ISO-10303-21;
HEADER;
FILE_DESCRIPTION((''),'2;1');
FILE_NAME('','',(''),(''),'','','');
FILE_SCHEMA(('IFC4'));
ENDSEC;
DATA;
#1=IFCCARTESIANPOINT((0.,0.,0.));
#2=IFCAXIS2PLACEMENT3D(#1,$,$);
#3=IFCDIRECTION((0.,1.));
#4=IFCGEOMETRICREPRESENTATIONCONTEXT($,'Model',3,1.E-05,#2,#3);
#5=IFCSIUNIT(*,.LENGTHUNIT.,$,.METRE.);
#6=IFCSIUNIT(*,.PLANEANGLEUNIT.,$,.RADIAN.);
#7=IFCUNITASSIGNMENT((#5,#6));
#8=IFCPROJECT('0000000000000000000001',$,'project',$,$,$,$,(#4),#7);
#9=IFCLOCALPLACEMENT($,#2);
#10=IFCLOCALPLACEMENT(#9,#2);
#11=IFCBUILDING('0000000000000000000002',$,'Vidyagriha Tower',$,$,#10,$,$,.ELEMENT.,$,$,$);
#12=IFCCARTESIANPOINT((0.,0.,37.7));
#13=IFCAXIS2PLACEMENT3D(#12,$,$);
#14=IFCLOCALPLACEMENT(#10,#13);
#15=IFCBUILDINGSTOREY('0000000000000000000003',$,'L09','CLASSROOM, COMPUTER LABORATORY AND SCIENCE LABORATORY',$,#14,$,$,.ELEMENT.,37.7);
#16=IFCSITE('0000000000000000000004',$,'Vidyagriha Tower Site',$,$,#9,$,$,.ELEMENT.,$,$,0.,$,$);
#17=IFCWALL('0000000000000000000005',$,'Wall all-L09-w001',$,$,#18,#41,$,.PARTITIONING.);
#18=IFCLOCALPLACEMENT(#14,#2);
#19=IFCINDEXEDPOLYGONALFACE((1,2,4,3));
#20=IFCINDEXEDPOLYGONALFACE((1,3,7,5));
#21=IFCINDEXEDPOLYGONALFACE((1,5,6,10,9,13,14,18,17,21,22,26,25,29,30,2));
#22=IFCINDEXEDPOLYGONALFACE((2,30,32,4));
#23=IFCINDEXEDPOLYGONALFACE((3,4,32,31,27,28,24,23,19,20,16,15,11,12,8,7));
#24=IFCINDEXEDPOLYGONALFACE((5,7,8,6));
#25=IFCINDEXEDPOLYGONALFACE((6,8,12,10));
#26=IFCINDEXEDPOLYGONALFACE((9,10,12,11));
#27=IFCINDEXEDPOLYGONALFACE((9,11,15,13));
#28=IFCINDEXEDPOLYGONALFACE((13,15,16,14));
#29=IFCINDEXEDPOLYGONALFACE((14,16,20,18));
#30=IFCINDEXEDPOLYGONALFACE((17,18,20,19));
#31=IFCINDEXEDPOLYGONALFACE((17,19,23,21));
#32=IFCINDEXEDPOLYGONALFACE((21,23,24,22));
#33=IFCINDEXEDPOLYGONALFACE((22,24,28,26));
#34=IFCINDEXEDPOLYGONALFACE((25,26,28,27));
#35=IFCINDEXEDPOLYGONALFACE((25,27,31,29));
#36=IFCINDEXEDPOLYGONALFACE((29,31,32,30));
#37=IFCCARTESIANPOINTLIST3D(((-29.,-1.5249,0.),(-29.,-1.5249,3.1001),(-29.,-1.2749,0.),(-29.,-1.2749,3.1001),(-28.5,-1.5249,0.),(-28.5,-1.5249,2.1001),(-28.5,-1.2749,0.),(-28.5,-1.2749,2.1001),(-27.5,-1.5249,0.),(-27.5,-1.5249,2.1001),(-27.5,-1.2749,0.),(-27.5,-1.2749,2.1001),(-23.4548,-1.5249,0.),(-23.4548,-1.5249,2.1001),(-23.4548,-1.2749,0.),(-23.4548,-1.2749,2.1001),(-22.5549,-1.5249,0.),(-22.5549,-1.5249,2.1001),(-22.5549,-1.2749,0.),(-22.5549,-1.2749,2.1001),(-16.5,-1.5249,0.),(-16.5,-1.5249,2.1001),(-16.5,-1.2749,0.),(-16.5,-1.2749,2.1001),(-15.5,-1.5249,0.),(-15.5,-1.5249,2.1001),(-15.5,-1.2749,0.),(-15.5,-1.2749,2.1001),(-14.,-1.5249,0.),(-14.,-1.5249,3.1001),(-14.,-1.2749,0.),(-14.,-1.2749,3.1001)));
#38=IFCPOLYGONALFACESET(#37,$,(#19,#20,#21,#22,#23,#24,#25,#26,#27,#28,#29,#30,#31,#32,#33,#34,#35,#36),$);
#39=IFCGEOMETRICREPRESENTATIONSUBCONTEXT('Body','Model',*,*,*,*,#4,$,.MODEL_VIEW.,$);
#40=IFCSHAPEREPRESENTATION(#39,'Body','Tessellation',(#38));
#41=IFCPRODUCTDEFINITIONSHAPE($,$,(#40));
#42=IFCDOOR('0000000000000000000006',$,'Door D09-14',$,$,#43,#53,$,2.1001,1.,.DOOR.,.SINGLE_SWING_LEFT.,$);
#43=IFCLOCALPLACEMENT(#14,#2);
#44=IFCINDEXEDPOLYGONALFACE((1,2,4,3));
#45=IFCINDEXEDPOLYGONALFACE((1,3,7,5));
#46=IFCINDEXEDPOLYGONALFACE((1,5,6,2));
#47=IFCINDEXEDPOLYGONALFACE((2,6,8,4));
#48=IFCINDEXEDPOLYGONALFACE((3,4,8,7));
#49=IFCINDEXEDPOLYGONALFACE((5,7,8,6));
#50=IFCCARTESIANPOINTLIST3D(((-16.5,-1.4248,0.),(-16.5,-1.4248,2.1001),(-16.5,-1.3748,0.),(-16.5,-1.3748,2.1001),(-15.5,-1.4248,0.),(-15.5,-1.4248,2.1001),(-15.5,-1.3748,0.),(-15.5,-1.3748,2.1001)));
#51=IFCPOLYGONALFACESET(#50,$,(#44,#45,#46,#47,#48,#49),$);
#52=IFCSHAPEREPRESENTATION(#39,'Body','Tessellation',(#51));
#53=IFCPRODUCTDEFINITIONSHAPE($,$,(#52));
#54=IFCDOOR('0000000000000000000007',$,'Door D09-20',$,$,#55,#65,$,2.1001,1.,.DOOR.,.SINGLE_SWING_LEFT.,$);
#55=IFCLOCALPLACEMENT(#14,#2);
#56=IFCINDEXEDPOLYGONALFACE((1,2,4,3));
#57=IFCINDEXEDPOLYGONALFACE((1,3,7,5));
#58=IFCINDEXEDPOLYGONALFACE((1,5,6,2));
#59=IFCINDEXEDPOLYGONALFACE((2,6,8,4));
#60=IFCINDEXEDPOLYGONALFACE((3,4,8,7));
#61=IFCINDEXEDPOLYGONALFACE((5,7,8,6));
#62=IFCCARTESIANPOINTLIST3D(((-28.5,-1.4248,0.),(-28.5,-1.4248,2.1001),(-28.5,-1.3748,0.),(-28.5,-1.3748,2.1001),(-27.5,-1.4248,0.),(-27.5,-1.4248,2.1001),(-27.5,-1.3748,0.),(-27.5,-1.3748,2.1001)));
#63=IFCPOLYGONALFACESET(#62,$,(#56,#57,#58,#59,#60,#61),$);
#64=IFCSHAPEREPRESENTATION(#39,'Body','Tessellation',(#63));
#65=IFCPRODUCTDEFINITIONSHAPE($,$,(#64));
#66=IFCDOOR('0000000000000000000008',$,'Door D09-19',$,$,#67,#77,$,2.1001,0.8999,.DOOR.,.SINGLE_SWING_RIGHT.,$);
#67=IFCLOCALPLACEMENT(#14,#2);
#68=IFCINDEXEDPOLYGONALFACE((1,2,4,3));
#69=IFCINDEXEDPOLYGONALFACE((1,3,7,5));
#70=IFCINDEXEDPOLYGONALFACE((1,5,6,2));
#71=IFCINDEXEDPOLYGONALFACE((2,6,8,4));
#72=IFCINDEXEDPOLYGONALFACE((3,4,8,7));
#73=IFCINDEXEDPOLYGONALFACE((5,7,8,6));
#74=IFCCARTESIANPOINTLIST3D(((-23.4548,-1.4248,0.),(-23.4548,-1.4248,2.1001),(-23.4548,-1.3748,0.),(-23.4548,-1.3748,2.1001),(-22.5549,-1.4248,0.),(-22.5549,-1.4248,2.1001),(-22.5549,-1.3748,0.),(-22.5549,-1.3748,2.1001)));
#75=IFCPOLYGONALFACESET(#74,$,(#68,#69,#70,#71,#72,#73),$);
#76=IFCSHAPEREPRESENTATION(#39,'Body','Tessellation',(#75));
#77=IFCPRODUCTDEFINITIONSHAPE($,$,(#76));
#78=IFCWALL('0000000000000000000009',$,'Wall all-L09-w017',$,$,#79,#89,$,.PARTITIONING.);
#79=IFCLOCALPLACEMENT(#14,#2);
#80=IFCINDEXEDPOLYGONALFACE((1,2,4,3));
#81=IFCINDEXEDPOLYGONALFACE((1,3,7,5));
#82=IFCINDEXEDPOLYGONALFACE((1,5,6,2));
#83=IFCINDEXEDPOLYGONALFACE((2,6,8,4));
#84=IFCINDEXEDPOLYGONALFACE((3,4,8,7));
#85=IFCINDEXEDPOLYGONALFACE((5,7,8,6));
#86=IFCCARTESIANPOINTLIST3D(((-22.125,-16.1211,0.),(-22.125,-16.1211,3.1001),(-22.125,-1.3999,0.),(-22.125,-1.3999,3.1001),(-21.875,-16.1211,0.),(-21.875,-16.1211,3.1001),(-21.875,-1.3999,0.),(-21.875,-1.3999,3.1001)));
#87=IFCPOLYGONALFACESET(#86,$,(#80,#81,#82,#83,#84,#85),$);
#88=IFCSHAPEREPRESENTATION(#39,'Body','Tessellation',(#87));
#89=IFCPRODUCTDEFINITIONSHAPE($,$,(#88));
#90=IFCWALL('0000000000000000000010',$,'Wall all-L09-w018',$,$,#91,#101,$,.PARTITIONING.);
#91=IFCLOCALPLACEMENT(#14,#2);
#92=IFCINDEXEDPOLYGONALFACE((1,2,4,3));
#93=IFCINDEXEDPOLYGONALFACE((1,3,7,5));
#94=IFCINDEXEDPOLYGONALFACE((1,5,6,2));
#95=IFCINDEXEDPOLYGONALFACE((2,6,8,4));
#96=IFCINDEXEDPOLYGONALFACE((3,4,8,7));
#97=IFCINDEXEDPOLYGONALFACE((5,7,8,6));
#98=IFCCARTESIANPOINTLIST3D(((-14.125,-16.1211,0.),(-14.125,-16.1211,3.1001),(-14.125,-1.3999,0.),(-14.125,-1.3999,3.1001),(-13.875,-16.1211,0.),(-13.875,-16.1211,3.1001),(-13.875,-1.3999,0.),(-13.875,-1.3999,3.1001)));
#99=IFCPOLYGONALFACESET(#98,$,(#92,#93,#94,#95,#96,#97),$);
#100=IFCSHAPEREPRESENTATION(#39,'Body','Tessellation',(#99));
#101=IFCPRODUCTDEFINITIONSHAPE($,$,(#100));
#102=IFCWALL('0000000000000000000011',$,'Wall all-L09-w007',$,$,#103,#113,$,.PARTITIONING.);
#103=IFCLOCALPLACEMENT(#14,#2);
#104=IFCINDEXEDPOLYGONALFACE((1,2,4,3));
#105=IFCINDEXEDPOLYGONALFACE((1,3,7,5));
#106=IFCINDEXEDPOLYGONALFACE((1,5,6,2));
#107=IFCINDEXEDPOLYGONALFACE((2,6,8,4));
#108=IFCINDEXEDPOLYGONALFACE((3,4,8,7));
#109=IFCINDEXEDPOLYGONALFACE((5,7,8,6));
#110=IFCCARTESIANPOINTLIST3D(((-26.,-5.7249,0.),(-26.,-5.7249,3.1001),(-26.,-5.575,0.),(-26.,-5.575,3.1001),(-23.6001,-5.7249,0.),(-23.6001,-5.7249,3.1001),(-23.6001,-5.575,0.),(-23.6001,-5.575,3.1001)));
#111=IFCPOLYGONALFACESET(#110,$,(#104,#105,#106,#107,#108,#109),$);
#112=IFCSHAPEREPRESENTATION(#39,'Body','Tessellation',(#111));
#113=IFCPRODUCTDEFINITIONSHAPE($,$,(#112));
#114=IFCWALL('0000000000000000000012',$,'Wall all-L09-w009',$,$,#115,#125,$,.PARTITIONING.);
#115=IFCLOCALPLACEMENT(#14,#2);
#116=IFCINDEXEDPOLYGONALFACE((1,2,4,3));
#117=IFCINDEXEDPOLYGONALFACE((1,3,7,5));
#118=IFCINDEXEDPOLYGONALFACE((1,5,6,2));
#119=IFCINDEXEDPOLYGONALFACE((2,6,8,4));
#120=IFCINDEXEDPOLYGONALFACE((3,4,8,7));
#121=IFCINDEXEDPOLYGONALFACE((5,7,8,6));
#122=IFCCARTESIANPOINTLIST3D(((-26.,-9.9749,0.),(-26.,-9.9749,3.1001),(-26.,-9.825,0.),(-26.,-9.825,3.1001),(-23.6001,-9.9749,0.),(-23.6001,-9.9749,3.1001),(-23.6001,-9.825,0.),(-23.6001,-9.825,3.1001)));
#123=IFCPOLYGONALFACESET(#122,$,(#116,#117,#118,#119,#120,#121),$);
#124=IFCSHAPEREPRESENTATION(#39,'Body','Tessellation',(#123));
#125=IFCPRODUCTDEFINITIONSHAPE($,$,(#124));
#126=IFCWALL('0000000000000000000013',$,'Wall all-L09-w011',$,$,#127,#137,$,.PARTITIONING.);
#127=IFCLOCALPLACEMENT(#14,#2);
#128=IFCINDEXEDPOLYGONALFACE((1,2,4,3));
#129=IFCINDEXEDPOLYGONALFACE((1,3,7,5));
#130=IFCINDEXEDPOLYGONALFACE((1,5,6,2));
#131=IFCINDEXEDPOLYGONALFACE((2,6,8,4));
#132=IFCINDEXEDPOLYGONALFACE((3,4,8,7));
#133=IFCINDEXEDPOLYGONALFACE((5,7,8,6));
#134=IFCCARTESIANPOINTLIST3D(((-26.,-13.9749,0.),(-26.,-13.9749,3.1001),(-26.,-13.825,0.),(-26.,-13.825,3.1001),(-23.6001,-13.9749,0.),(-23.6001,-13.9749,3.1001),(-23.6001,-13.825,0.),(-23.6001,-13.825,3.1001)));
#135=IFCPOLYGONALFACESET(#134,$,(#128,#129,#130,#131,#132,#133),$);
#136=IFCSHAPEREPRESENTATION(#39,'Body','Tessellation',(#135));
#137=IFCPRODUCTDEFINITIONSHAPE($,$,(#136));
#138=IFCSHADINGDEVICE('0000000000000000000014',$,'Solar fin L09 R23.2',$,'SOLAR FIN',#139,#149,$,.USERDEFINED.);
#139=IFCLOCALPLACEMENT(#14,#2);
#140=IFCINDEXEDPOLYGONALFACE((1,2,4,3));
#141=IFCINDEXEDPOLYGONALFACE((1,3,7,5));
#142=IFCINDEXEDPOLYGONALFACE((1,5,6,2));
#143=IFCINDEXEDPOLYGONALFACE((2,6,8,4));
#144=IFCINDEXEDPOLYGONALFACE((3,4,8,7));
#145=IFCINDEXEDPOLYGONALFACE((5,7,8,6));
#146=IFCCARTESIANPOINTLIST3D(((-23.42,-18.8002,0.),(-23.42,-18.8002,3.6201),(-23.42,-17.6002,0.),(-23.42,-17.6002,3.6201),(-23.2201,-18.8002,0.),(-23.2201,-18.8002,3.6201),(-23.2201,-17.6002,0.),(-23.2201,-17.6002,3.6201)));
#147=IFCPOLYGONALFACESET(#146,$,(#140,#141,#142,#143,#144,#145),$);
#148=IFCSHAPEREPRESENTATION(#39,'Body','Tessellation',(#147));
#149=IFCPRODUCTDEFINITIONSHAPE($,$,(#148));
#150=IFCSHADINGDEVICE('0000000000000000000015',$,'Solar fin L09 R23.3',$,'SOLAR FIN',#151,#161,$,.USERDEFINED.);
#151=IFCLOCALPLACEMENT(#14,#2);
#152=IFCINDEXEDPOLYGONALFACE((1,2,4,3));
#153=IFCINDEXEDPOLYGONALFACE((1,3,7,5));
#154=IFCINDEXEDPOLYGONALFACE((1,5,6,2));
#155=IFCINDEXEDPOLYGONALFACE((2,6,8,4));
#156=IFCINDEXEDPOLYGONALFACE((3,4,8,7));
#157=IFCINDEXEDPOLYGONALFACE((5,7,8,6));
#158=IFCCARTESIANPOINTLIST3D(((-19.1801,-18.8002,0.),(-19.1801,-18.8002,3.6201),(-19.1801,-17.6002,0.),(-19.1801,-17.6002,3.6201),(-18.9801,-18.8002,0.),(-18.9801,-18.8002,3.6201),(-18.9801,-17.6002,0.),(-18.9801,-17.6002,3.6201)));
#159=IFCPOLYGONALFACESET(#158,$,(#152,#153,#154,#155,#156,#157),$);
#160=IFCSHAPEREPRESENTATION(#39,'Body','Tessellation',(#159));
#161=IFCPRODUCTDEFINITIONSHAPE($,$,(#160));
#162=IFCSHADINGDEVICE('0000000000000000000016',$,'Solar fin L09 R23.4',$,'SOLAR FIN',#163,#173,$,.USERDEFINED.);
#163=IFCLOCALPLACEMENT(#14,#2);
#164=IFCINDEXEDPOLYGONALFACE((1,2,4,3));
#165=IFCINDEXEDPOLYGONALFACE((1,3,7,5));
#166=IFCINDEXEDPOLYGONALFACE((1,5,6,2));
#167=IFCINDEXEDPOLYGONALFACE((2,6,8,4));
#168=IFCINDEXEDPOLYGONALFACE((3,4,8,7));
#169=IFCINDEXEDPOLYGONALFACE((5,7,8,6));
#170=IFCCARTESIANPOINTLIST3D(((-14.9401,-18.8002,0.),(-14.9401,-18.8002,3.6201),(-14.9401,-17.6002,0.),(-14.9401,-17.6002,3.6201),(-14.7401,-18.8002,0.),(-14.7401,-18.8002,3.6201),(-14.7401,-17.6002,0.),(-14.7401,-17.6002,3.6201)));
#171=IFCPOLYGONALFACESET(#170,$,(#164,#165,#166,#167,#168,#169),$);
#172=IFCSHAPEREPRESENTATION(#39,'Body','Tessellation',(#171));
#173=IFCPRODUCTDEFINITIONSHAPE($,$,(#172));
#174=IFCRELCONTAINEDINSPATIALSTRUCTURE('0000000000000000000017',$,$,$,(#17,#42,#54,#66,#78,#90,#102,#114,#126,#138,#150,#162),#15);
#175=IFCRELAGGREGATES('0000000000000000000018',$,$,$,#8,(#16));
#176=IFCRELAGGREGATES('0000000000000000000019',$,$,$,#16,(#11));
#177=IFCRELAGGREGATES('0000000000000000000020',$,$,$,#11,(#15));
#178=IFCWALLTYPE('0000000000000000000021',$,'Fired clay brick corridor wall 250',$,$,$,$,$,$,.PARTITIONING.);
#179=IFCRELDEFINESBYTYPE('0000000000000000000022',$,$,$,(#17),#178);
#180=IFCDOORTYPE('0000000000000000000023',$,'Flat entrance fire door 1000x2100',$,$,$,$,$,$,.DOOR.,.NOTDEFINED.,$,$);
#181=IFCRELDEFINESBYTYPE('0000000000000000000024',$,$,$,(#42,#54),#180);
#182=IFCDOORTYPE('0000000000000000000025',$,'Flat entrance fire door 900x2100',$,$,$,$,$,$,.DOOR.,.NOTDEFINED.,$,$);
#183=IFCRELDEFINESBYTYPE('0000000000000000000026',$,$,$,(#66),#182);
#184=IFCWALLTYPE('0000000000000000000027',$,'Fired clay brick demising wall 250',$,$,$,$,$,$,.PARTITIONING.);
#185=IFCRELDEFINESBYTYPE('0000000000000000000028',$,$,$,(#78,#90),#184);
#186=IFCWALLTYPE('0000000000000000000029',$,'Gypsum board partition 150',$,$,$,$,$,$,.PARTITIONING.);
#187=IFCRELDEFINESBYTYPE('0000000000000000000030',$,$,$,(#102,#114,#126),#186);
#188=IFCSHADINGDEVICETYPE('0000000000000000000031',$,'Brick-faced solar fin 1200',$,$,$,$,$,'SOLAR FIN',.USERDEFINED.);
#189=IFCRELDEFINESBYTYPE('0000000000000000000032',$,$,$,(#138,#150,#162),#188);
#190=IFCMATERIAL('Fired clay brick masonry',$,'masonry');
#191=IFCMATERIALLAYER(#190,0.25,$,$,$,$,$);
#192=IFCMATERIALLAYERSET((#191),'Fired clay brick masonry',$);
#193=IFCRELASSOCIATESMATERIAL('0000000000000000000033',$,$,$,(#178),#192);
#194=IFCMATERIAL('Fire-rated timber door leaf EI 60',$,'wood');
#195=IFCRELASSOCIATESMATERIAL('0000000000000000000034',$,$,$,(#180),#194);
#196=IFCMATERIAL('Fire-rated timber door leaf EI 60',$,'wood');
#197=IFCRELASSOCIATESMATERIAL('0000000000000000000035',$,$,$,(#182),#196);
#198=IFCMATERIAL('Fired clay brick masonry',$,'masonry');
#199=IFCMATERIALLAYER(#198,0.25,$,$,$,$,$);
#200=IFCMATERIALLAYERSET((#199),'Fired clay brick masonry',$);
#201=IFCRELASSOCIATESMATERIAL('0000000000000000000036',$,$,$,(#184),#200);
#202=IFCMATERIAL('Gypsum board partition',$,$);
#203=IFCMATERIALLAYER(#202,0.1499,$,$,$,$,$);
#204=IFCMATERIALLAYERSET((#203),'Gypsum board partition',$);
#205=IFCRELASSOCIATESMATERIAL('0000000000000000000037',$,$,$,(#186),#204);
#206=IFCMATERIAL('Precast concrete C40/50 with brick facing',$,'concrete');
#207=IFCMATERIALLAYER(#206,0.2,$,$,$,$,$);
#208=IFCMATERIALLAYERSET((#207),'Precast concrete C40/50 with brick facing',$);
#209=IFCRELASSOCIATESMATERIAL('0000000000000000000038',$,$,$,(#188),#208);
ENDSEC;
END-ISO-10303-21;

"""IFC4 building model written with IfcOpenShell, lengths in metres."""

from ifc_helpers import new_model, si_unit, direction, frame, frame_2d, origin, place, context, subcontext, project, spatial, rectangle, extrude, material, layer, layer_set, type_object, element, fill, save


model = new_model("IFC4")

# Units and contexts
model_context = context("Model", 3, precision=1e-05, world=origin(), true_north=direction((0.0, 1.0)))
body_context = subcontext(model_context, "Body", "Model", "MODEL_VIEW")
ifc_project = project(units=[si_unit("LENGTHUNIT", "METRE"), si_unit("PLANEANGLEUNIT", "RADIAN")], contexts=[model_context])

# Site, building, storey
site_placement = place(None, origin())
site = spatial("IfcSite", under=ifc_project, at=site_placement, Name="Vidyagriha Tower Site", CompositionType="ELEMENT", RefElevation=0.0)
building_placement = place(site_placement, origin())
building = spatial("IfcBuilding", under=site, at=building_placement, Name="Vidyagriha Tower", CompositionType="ELEMENT")
storey_placement = place(building_placement, frame((0.0, 0.0, 37.7)))
storey = spatial("IfcBuildingStorey", under=building, at=storey_placement, Name="L09", Description="CLASSROOM, COMPUTER LABORATORY AND SCIENCE LABORATORY", CompositionType="ELEMENT", Elevation=37.7)

# Wall, openings, doors
ifc_material_1 = material(Name="Fired clay brick masonry", Category="masonry")
ifc_layer_1 = layer(ifc_material_1, 0.25)
ifc_layer_set_1 = layer_set([ifc_layer_1], Name="Fired clay brick masonry")
wall_type_1 = type_object("IfcWallType", Name="Fired clay brick corridor wall 250", PredefinedType="PARTITIONING", material=ifc_layer_set_1)
wall_placement = place(storey_placement, frame((-14.0, -1.3999, 0.0), z_axis=(0.0, 0.0, 1.0), x_axis=(-1.0, 0.0, 0.0)))
wall = element("IfcWall", 1, at=wall_placement, inside=storey, type_object=wall_type_1, Name="Wall all-L09-w001", PredefinedType="PARTITIONING", context=body_context, shape_type="SweptSolid", body=[
    extrude(rectangle(XDim=15.0, YDim=0.25, at=frame_2d((7.5, 0.0))), origin(), (0.0, 0.0, 1.0), 3.1001),
])
opening_1_placement = place(wall_placement, frame((1.5, 0.0, 0.0)))
opening_1 = element("IfcOpeningElement", 2, at=opening_1_placement, cuts=wall, PredefinedType="OPENING", context=body_context, shape_type="SweptSolid", body=[
    extrude(rectangle(XDim=1.0, YDim=2.1001, at=frame_2d((0.5, 1.05))), frame((0.0, 0.135, 0.0), z_axis=(0.0, -1.0, 0.0), x_axis=(1.0, 0.0, 0.0)), (0.0, 0.0, 1.0), 0.27),
])
opening_2_placement = place(wall_placement, frame((8.5549, 0.0, 0.0)))
opening_2 = element("IfcOpeningElement", 3, at=opening_2_placement, cuts=wall, PredefinedType="OPENING", context=body_context, shape_type="SweptSolid", body=[
    extrude(rectangle(XDim=0.8999, YDim=2.1001, at=frame_2d((0.45, 1.05))), frame((0.0, 0.135, 0.0), z_axis=(0.0, -1.0, 0.0), x_axis=(1.0, 0.0, 0.0)), (0.0, 0.0, 1.0), 0.27),
])
opening_3_placement = place(wall_placement, frame((13.5, 0.0, 0.0)))
opening_3 = element("IfcOpeningElement", 4, at=opening_3_placement, cuts=wall, PredefinedType="OPENING", context=body_context, shape_type="SweptSolid", body=[
    extrude(rectangle(XDim=1.0, YDim=2.1001, at=frame_2d((0.5, 1.05))), frame((0.0, 0.135, 0.0), z_axis=(0.0, -1.0, 0.0), x_axis=(1.0, 0.0, 0.0)), (0.0, 0.0, 1.0), 0.27),
])
ifc_material_2 = material(Name="Fire-rated timber door leaf EI 60", Category="wood")
door_type_1 = type_object("IfcDoorType", Name="Flat entrance fire door 1000x2100", OperationType="NOTDEFINED", PredefinedType="DOOR", material=ifc_material_2)
door_1_placement = place(opening_1_placement, origin())
door_1 = element("IfcDoor", 5, at=door_1_placement, inside=storey, type_object=door_type_1, Name="Door D09-14", OperationType="SINGLE_SWING_LEFT", OverallHeight=2.1001, OverallWidth=1.0, PredefinedType="DOOR", context=body_context, shape_type="SweptSolid", body=[
    extrude(rectangle(XDim=1.0, YDim=2.1001, at=frame_2d((0.5, 1.05))), frame((0.0, 0.0249, 0.0), z_axis=(0.0, -1.0, 0.0), x_axis=(1.0, 0.0, 0.0)), (0.0, 0.0, 1.0), 0.05),
])
fill(opening_1, door_1)
door_2_placement = place(opening_3_placement, origin())
door_2 = element("IfcDoor", 6, at=door_2_placement, inside=storey, type_object=door_type_1, Name="Door D09-20", OperationType="SINGLE_SWING_LEFT", OverallHeight=2.1001, OverallWidth=1.0, PredefinedType="DOOR", context=body_context, shape_type="SweptSolid", body=[
    extrude(rectangle(XDim=1.0, YDim=2.1001, at=frame_2d((0.5, 1.05))), frame((0.0, 0.0249, 0.0), z_axis=(0.0, -1.0, 0.0), x_axis=(1.0, 0.0, 0.0)), (0.0, 0.0, 1.0), 0.05),
])
fill(opening_3, door_2)
ifc_material_3 = material(Name="Fire-rated timber door leaf EI 60", Category="wood")
door_type_2 = type_object("IfcDoorType", Name="Flat entrance fire door 900x2100", OperationType="NOTDEFINED", PredefinedType="DOOR", material=ifc_material_3)
door_3_placement = place(opening_2_placement, origin())
door_3 = element("IfcDoor", 7, at=door_3_placement, inside=storey, type_object=door_type_2, Name="Door D09-19", OperationType="SINGLE_SWING_RIGHT", OverallHeight=2.1001, OverallWidth=0.8999, PredefinedType="DOOR", context=body_context, shape_type="SweptSolid", body=[
    extrude(rectangle(XDim=0.8999, YDim=2.1001, at=frame_2d((0.45, 1.05))), frame((0.0, 0.0249, 0.0), z_axis=(0.0, -1.0, 0.0), x_axis=(1.0, 0.0, 0.0)), (0.0, 0.0, 1.0), 0.05),
])
fill(opening_2, door_3)

# Walls
ifc_material_4 = material(Name="Fired clay brick masonry", Category="masonry")
ifc_layer_2 = layer(ifc_material_4, 0.25)
ifc_layer_set_2 = layer_set([ifc_layer_2], Name="Fired clay brick masonry")
wall_type_2 = type_object("IfcWallType", Name="Fired clay brick demising wall 250", PredefinedType="PARTITIONING", material=ifc_layer_set_2)
for number, where, z_axis, x_axis, name in (
    (8, (-22.0, -1.3999, 0.0), (0.0, 0.0, 1.0), (0.0, -1.0, 0.0), "Wall all-L09-w017"),
    (9, (-14.0, -1.3999, 0.0), (0.0, 0.0, 1.0), (0.0, -1.0, 0.0), "Wall all-L09-w018"),
):
    element("IfcWall", number, at=place(storey_placement, frame(where, z_axis=z_axis, x_axis=x_axis)), inside=storey, type_object=wall_type_2, Name=name, PredefinedType="PARTITIONING", context=body_context, shape_type="SweptSolid", body=[
        extrude(rectangle(XDim=14.7212, YDim=0.25, at=frame_2d((7.3606, 0.0))), origin(), (0.0, 0.0, 1.0), 3.1001),
    ])
ifc_material_5 = material(Name="Gypsum board partition")
ifc_layer_3 = layer(ifc_material_5, 0.1499)
ifc_layer_set_3 = layer_set([ifc_layer_3], Name="Gypsum board partition")
wall_type_3 = type_object("IfcWallType", Name="Gypsum board partition 150", PredefinedType="PARTITIONING", material=ifc_layer_set_3)
for number, where, z_axis, x_axis, name in (
    (10, (-23.6001, -5.6499, 0.0), (0.0, 0.0, 1.0), (-1.0, 0.0, 0.0), "Wall all-L09-w007"),
    (11, (-23.6001, -9.8999, 0.0), (0.0, 0.0, 1.0), (-1.0, 0.0, 0.0), "Wall all-L09-w009"),
    (12, (-23.6001, -13.8999, 0.0), (0.0, 0.0, 1.0), (-1.0, 0.0, 0.0), "Wall all-L09-w011"),
):
    element("IfcWall", number, at=place(storey_placement, frame(where, z_axis=z_axis, x_axis=x_axis)), inside=storey, type_object=wall_type_3, Name=name, PredefinedType="PARTITIONING", context=body_context, shape_type="SweptSolid", body=[
        extrude(rectangle(XDim=2.3999, YDim=0.1499, at=frame_2d((1.2, 0.0))), origin(), (0.0, 0.0, 1.0), 3.1001),
    ])

# Shading devices
ifc_material_6 = material(Name="Precast concrete C40/50 with brick facing", Category="concrete")
ifc_layer_4 = layer(ifc_material_6, 0.2)
ifc_layer_set_4 = layer_set([ifc_layer_4], Name="Precast concrete C40/50 with brick facing")
shading_device_type = type_object("IfcShadingDeviceType", Name="Brick-faced solar fin 1200", ElementType="SOLAR FIN", PredefinedType="USERDEFINED", material=ifc_layer_set_4)
for number, where, z_axis, x_axis, name in (
    (13, (-23.3201, -17.6001, 0.0), (0.0, 0.0, 1.0), (0.0, -1.0, 0.0), "Solar fin L09 R23.2"),
    (14, (-19.0801, -17.6001, 0.0), (0.0, 0.0, 1.0), (0.0, -1.0, 0.0), "Solar fin L09 R23.3"),
    (15, (-14.8401, -17.6001, 0.0), (0.0, 0.0, 1.0), (0.0, -1.0, 0.0), "Solar fin L09 R23.4"),
):
    element("IfcShadingDevice", number, at=place(storey_placement, frame(where, z_axis=z_axis, x_axis=x_axis)), inside=storey, type_object=shading_device_type, Name=name, ObjectType="SOLAR FIN", PredefinedType="USERDEFINED", context=body_context, shape_type="SweptSolid", body=[
        extrude(rectangle(XDim=1.2, YDim=0.2, at=frame_2d((0.6001, 0.0))), origin(), (0.0, 0.0, 1.0), 3.6201),
    ])

save(model, "model.ifc")
